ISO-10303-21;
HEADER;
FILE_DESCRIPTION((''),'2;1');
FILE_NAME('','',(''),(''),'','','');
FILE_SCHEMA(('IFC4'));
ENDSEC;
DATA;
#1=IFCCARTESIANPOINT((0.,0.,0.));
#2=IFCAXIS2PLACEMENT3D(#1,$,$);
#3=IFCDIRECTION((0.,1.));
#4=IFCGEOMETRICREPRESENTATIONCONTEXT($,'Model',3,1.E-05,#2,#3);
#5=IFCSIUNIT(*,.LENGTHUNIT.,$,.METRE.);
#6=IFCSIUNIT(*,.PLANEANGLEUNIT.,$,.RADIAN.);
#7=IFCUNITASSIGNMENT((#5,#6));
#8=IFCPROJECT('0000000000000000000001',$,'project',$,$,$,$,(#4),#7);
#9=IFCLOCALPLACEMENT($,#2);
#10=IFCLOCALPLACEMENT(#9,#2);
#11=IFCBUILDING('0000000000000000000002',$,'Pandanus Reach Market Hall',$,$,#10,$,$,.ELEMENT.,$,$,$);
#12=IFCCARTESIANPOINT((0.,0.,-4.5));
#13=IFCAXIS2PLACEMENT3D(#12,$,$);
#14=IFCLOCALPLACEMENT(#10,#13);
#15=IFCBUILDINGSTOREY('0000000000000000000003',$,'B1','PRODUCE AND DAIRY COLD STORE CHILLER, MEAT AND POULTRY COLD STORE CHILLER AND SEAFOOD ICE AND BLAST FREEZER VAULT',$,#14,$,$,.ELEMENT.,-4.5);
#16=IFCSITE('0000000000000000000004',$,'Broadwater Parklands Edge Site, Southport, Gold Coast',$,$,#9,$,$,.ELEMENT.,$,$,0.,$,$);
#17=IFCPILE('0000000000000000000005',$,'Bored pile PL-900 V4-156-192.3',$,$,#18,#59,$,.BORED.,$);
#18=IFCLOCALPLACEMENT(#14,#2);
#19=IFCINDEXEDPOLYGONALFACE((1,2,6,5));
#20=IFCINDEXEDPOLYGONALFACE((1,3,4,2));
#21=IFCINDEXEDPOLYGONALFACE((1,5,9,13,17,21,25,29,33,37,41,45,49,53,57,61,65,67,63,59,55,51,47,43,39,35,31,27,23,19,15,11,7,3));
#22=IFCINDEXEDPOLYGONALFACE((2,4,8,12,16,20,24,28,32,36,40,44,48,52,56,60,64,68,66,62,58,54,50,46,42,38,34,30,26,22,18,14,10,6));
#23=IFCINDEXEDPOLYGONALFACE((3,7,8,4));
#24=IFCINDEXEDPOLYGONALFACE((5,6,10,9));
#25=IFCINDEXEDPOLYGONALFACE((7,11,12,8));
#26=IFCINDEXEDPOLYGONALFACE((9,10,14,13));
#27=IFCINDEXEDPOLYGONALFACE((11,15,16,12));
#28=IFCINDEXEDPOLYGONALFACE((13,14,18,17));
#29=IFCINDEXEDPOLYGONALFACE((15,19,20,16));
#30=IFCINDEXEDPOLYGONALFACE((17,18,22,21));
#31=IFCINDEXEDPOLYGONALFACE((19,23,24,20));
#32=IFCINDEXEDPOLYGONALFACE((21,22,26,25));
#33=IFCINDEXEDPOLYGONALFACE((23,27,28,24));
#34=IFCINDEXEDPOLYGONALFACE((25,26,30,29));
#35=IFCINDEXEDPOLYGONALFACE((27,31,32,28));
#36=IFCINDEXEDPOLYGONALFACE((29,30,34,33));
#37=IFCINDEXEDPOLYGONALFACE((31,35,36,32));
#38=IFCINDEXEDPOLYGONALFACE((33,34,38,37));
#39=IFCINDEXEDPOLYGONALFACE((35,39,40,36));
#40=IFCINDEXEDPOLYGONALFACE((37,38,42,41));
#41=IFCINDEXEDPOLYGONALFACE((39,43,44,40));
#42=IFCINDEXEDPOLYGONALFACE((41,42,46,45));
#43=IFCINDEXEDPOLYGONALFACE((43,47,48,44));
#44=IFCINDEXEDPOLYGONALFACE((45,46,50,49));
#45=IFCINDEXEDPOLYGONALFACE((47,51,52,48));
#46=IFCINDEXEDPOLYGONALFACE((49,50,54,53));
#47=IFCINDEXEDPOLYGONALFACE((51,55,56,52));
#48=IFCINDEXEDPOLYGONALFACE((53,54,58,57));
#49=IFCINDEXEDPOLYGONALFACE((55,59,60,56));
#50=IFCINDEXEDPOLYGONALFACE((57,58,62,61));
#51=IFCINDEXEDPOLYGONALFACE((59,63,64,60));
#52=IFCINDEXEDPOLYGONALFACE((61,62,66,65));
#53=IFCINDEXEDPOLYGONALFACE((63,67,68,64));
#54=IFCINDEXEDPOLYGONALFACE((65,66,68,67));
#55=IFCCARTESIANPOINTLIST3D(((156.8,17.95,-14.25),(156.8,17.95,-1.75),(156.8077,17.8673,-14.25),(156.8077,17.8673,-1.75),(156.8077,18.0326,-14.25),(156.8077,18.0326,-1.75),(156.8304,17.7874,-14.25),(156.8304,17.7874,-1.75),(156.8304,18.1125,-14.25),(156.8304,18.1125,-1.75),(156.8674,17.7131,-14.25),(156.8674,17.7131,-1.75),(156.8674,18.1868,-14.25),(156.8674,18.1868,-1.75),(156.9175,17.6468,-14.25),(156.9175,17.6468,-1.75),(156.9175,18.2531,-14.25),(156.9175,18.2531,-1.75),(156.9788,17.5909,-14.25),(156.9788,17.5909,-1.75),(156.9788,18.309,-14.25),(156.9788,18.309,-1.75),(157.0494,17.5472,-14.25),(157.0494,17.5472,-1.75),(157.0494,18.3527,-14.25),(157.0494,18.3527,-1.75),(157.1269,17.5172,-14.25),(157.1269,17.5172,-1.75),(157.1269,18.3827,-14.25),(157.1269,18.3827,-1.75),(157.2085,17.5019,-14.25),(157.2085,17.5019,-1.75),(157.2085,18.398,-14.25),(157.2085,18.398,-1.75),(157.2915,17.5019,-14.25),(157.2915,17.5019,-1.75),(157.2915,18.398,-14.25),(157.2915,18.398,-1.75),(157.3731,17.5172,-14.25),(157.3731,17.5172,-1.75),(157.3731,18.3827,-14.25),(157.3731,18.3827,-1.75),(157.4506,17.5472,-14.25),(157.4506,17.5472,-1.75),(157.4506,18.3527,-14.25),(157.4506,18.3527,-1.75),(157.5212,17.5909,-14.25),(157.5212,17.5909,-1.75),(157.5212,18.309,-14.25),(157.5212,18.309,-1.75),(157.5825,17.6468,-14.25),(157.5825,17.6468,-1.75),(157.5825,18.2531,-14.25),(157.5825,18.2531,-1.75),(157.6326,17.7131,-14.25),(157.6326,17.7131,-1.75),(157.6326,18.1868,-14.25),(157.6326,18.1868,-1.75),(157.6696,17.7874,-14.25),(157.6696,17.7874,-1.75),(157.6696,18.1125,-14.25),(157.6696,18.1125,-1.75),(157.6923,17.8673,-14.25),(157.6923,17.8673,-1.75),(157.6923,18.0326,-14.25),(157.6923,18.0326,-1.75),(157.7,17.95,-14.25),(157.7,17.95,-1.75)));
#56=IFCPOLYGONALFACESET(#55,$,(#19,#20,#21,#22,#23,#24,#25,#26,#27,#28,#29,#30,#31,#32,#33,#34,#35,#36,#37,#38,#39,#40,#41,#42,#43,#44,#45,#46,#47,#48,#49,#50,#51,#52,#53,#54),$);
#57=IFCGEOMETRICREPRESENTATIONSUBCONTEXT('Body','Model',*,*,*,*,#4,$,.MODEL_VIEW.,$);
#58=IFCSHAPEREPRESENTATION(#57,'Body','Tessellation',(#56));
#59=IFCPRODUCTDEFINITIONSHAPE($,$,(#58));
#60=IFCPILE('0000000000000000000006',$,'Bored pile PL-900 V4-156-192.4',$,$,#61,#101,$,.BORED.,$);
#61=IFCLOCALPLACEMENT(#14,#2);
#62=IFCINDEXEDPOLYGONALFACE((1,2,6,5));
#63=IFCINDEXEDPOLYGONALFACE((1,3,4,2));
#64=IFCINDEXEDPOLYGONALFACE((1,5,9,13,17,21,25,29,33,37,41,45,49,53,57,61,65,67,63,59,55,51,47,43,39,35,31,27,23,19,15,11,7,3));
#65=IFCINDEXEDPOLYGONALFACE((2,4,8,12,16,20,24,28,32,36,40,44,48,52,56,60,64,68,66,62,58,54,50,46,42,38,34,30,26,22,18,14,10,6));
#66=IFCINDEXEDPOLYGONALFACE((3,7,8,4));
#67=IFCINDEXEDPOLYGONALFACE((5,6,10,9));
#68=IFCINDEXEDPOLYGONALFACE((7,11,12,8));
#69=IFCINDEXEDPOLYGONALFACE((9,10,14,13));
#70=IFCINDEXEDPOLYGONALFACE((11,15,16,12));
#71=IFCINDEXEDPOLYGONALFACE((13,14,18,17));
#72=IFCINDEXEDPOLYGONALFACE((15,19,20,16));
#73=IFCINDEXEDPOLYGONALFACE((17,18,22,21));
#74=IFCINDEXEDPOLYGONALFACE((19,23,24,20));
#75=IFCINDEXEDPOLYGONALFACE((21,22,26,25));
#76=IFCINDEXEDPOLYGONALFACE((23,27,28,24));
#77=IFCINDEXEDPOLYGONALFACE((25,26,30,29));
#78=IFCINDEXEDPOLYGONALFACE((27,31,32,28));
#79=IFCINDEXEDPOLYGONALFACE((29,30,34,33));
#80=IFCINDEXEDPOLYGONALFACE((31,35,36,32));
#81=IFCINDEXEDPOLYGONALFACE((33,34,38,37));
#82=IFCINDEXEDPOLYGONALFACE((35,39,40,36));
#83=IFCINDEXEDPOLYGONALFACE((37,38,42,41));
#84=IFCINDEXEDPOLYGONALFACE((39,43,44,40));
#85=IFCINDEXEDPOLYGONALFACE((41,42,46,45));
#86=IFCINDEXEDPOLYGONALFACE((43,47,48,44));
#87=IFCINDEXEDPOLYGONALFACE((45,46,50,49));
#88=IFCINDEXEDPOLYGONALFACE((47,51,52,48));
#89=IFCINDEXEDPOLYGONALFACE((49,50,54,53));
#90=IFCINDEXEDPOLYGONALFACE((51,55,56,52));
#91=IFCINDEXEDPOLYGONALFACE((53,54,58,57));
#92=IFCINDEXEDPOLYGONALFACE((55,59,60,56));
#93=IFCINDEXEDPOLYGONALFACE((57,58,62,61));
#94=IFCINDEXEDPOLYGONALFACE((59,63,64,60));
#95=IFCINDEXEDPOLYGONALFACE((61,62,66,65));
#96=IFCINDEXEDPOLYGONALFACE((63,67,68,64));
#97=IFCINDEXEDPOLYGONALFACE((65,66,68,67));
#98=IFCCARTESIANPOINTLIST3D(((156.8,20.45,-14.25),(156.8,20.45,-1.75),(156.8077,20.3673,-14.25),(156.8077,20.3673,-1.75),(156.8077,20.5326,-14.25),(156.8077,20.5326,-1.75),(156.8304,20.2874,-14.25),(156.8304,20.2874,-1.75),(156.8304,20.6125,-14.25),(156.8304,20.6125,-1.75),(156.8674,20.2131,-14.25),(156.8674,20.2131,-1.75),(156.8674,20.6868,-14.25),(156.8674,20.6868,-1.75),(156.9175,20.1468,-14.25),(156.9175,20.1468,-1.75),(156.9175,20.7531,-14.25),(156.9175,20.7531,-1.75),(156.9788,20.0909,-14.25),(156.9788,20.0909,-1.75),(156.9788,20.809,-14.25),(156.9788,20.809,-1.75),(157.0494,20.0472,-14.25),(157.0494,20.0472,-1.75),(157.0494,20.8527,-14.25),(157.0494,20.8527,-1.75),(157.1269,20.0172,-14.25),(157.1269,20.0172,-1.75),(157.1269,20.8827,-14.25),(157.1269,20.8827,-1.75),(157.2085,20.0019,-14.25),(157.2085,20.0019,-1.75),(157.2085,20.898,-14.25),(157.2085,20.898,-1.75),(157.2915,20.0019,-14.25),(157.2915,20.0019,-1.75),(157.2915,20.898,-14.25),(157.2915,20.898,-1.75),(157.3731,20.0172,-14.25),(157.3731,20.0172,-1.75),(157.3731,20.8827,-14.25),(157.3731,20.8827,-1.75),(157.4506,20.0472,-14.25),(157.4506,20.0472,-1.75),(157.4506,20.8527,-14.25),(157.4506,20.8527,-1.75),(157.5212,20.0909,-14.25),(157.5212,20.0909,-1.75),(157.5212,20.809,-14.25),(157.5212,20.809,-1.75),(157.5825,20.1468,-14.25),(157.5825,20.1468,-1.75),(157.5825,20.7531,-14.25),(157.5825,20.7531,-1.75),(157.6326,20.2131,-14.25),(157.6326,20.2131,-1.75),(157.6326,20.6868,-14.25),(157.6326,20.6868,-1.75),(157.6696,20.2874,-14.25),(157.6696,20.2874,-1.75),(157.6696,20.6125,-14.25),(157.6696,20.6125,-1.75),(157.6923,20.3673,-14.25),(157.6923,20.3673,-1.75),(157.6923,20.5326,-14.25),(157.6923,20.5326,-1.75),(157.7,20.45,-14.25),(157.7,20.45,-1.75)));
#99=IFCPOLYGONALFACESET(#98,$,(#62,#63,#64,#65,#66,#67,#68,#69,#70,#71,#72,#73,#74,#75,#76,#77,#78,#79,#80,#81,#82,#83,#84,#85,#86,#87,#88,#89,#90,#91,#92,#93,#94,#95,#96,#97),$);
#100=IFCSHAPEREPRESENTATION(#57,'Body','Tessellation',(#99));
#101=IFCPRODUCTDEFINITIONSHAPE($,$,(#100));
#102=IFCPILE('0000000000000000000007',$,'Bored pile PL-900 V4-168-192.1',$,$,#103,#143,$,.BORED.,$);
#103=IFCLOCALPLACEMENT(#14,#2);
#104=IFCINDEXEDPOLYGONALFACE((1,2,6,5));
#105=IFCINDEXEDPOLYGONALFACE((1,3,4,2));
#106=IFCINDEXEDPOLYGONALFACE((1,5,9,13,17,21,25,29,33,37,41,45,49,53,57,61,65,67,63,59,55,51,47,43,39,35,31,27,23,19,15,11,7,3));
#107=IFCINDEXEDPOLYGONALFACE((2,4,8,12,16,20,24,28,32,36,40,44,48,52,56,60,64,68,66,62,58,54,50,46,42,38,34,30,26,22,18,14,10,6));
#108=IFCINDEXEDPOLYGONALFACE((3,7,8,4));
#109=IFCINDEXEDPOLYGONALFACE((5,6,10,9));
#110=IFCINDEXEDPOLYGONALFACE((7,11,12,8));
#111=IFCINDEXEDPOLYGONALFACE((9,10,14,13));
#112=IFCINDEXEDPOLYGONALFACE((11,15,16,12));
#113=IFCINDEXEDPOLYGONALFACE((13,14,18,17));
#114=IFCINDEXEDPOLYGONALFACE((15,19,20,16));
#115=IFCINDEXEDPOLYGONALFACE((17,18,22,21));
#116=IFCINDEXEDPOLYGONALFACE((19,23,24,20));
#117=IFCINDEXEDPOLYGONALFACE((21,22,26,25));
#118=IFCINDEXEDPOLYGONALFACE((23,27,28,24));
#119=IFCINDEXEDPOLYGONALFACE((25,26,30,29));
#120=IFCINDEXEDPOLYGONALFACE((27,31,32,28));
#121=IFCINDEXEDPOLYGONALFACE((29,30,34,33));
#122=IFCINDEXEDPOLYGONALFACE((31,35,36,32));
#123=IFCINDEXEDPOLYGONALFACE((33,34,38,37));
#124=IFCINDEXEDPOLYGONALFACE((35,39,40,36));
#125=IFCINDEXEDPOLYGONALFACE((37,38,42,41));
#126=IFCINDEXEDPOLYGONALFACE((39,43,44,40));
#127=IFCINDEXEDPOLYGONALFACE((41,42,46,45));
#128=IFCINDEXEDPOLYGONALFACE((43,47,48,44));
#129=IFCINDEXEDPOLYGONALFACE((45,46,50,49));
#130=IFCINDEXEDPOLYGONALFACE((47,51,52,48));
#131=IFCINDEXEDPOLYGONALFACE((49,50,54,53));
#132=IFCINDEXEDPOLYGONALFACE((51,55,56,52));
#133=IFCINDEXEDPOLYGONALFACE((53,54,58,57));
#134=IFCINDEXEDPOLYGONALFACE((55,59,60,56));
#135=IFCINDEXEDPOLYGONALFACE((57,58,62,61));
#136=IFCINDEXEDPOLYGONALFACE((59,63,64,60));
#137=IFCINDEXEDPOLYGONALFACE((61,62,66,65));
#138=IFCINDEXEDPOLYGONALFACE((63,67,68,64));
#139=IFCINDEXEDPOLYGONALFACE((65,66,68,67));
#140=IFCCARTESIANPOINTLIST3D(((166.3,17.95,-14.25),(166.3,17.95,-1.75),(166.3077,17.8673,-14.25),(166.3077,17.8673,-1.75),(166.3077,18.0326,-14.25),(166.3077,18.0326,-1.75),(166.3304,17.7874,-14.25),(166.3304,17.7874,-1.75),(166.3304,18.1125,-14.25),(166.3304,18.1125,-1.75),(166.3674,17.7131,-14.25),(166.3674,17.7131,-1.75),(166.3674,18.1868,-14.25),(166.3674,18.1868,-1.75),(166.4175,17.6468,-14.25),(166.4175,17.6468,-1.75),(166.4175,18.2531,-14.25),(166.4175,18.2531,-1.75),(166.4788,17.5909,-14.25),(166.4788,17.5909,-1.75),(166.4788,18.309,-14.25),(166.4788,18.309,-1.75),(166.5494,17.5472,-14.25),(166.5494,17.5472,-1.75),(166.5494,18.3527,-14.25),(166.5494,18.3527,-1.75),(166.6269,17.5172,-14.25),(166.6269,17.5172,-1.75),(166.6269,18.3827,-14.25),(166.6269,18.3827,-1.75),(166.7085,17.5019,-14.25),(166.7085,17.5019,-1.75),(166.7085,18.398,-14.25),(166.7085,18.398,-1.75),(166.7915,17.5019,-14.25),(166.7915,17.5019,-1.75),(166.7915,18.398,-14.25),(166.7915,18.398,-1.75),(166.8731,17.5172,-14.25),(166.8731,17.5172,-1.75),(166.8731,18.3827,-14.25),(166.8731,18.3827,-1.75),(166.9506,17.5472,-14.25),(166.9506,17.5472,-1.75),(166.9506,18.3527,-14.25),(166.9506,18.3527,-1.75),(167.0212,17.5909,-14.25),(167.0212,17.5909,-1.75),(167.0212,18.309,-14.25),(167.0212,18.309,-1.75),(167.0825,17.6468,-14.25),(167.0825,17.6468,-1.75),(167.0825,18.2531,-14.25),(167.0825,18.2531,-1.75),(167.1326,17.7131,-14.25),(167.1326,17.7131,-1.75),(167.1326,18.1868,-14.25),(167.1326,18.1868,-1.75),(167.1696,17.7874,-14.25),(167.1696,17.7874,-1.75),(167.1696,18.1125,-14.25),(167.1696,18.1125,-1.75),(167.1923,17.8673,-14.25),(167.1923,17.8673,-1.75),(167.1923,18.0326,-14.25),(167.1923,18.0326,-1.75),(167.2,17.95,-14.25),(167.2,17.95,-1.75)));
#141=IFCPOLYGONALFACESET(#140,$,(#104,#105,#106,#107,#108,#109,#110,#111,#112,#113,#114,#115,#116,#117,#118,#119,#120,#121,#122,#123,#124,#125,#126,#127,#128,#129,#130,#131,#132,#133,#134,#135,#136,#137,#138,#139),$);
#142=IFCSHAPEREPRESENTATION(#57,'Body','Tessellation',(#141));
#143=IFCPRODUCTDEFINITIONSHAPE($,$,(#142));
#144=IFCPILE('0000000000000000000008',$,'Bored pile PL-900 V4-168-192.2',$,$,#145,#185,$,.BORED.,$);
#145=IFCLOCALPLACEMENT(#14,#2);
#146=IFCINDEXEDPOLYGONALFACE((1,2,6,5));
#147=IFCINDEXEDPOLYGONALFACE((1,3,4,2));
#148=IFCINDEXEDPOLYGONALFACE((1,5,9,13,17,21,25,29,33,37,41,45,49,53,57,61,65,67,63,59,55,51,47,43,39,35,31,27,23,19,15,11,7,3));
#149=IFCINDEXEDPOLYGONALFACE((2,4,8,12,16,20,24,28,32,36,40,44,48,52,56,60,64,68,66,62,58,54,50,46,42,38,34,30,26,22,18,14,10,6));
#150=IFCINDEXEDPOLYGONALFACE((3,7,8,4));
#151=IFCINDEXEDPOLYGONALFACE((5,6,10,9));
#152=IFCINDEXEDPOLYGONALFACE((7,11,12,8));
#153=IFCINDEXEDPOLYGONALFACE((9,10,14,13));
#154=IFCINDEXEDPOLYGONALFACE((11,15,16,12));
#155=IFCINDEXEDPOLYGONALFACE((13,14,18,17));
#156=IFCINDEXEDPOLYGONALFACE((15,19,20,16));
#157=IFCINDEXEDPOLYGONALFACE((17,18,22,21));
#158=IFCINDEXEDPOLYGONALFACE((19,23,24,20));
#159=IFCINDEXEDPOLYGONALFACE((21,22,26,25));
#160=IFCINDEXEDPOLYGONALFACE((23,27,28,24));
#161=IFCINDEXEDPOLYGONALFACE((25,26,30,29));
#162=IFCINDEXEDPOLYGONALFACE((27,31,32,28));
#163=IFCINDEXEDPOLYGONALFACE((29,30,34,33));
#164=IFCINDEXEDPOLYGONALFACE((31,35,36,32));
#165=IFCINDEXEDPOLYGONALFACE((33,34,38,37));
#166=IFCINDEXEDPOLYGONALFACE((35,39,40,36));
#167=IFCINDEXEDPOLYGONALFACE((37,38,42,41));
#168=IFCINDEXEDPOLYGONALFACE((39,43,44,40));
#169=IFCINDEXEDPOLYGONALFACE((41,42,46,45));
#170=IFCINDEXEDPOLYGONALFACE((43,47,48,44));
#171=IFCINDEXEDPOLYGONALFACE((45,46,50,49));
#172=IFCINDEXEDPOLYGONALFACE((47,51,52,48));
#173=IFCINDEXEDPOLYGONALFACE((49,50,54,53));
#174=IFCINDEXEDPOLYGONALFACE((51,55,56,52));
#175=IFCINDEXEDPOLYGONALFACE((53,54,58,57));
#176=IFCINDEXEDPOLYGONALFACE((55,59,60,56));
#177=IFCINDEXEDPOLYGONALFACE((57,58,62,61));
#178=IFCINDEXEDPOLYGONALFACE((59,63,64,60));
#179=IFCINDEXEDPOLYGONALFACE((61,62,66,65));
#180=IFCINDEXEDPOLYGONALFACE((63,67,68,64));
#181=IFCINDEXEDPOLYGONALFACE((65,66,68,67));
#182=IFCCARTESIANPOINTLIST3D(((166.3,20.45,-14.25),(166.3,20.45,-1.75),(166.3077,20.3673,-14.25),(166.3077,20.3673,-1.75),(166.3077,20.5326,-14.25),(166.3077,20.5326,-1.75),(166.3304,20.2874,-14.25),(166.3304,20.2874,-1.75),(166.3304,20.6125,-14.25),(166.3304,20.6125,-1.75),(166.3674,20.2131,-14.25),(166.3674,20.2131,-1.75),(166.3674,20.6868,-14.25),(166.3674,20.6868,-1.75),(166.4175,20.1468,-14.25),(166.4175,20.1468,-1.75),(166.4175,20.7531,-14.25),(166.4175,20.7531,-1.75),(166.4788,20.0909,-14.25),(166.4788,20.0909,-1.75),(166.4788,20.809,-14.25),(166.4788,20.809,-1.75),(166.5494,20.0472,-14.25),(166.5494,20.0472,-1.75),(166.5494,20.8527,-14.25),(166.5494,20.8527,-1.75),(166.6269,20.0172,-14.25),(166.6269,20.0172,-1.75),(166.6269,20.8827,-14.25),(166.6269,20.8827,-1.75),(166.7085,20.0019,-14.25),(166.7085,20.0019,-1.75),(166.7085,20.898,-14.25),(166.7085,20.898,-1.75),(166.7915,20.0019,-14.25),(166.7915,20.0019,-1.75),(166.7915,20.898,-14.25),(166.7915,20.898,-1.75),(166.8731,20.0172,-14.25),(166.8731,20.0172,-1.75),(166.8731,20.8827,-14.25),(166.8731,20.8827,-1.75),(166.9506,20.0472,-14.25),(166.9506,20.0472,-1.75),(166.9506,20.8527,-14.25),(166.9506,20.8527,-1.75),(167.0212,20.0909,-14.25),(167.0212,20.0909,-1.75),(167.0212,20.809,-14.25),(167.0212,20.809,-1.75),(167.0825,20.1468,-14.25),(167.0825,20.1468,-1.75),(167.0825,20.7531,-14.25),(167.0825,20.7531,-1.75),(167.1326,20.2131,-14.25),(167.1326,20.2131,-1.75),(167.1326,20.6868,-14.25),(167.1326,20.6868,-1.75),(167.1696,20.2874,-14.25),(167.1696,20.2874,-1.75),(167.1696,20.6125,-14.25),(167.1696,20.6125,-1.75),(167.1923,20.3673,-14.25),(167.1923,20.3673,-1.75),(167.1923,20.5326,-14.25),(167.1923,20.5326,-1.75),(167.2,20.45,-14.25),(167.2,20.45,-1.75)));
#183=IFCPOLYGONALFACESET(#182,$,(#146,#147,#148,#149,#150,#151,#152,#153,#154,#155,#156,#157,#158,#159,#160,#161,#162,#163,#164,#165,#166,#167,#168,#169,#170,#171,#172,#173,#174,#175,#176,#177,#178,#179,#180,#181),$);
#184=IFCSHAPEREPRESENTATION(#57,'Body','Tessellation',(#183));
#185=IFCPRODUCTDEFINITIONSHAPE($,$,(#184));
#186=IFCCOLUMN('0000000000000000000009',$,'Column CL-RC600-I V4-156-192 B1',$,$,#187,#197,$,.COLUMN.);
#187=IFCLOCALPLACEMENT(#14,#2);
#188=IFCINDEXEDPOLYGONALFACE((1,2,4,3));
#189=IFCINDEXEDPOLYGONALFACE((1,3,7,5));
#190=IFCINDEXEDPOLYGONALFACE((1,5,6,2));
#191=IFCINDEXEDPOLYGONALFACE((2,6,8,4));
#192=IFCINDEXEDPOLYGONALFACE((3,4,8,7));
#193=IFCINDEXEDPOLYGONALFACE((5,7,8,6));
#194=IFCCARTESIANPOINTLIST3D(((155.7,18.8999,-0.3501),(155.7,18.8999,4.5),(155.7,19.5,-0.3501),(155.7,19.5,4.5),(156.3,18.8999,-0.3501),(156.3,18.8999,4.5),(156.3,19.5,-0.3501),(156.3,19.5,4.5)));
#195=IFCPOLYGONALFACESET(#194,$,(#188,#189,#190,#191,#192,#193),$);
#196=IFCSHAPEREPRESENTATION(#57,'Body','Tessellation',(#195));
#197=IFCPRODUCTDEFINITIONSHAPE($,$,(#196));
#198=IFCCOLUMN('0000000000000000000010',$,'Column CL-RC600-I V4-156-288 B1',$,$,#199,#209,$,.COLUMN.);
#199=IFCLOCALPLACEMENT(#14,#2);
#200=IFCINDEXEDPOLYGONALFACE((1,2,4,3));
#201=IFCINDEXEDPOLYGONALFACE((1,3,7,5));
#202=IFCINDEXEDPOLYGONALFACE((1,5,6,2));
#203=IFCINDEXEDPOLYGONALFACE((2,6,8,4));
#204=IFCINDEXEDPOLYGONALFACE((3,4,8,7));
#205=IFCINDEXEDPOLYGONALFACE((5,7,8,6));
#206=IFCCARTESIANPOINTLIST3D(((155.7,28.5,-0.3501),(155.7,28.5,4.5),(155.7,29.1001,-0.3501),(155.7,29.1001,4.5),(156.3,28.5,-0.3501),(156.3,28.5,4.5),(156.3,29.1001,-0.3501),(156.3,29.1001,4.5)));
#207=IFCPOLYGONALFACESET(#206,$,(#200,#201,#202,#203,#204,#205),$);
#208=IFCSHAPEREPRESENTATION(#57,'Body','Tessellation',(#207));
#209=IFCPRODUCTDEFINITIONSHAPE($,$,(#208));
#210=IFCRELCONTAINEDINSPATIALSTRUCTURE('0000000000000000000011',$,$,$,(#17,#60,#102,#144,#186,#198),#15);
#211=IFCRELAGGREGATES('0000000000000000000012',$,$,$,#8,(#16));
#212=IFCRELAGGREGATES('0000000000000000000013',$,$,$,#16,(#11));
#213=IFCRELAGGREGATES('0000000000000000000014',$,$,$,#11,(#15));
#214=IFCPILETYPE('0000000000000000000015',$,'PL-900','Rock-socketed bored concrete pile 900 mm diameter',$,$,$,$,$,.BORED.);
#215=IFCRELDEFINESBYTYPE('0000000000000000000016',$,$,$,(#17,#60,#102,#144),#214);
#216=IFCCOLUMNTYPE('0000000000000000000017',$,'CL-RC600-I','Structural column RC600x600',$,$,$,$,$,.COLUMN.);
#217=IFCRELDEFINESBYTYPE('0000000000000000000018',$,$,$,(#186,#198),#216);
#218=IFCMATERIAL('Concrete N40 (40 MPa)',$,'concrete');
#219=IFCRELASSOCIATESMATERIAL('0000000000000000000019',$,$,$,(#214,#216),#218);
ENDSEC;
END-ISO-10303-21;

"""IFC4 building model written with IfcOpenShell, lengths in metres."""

from ifc_helpers import new_model, si_unit, direction, frame, origin, origin_2d, place, context, subcontext, project, spatial, rectangle, circle, extrude, material, material_profile, profile_set, type_object, element, save


model = new_model("IFC4")

# Units and contexts
model_context = context("Model", 3, precision=1e-05, world=origin(), true_north=direction((0.0, 1.0)))
body_context = subcontext(model_context, "Body", "Model", "MODEL_VIEW")
ifc_project = project(units=[si_unit("LENGTHUNIT", "METRE"), si_unit("PLANEANGLEUNIT", "RADIAN")], contexts=[model_context])

# Site, building, storey
site_placement = place(None, origin())
site = spatial("IfcSite", under=ifc_project, at=site_placement, Name="Broadwater Parklands Edge Site, Southport, Gold Coast", CompositionType="ELEMENT", RefElevation=0.0)
building_placement = place(site_placement, origin())
building = spatial("IfcBuilding", under=site, at=building_placement, Name="Pandanus Reach Market Hall", CompositionType="ELEMENT")
storey_placement = place(building_placement, frame((0.0, 0.0, -4.5)))
storey = spatial("IfcBuildingStorey", under=building, at=storey_placement, Name="B1", Description="PRODUCE AND DAIRY COLD STORE CHILLER, MEAT AND POULTRY COLD STORE CHILLER AND SEAFOOD ICE AND BLAST FREEZER VAULT", CompositionType="ELEMENT", Elevation=-4.5)

# Shared definitions
ifc_material_1 = material(Name="Concrete N40 (40 MPa)", Category="concrete")

# Piles
ifc_material_profile_1 = material_profile(ifc_material_1, circle(Radius=0.45, at=origin_2d()), Name="PILE-900D", Category="LoadBearing")
ifc_profile_set_1 = profile_set([ifc_material_profile_1], Name="Concrete N40 (40 MPa)")
pile_type_1 = type_object("IfcPileType", Name="PL-900", Description="Rock-socketed bored concrete pile 900 mm diameter", PredefinedType="BORED", material=ifc_profile_set_1)
for number, where, z_axis, x_axis, name in (
    (1, (157.25, 17.95, -1.75), (0.0, 0.0, -1.0), (1.0, 0.0, 0.0), "Bored pile PL-900 V4-156-192.3"),
    (2, (157.25, 20.45, -1.75), (0.0, 0.0, -1.0), (1.0, 0.0, 0.0), "Bored pile PL-900 V4-156-192.4"),
    (3, (166.75, 17.95, -1.75), (0.0, 0.0, -1.0), (1.0, 0.0, 0.0), "Bored pile PL-900 V4-168-192.1"),
    (4, (166.75, 20.45, -1.75), (0.0, 0.0, -1.0), (1.0, 0.0, 0.0), "Bored pile PL-900 V4-168-192.2"),
):
    element("IfcPile", number, at=place(storey_placement, frame(where, z_axis=z_axis, x_axis=x_axis)), inside=storey, type_object=pile_type_1, Name=name, PredefinedType="BORED", context=body_context, shape_type="SweptSolid", body=[
        extrude(circle(Radius=0.45, at=origin_2d()), origin(), (0.0, 0.0, 1.0), 12.5),
    ])

# Columns
ifc_material_profile_2 = material_profile(ifc_material_1, rectangle(XDim=0.6001, YDim=0.6001, at=origin_2d()), Name="RC600x600", Category="LoadBearing")
ifc_profile_set_2 = profile_set([ifc_material_profile_2], Name="Concrete N40 (40 MPa)")
column_type_1 = type_object("IfcColumnType", Name="CL-RC600-I", Description="Structural column RC600x600", PredefinedType="COLUMN", material=ifc_profile_set_2)
for number, where, z_axis, x_axis, name in (
    (5, (156.0, 19.2, -0.3501), (0.0, 0.0, 1.0), (1.0, 0.0, 0.0), "Column CL-RC600-I V4-156-192 B1"),
    (6, (156.0, 28.8, -0.3501), (0.0, 0.0, 1.0), (1.0, 0.0, 0.0), "Column CL-RC600-I V4-156-288 B1"),
):
    element("IfcColumn", number, at=place(storey_placement, frame(where, z_axis=z_axis, x_axis=x_axis)), inside=storey, type_object=column_type_1, Name=name, PredefinedType="COLUMN", context=body_context, shape_type="SweptSolid", body=[
        extrude(rectangle(XDim=0.6001, YDim=0.6001, at=origin_2d()), origin(), (0.0, 0.0, 1.0), 4.8501),
    ])

save(model, "model.ifc")
